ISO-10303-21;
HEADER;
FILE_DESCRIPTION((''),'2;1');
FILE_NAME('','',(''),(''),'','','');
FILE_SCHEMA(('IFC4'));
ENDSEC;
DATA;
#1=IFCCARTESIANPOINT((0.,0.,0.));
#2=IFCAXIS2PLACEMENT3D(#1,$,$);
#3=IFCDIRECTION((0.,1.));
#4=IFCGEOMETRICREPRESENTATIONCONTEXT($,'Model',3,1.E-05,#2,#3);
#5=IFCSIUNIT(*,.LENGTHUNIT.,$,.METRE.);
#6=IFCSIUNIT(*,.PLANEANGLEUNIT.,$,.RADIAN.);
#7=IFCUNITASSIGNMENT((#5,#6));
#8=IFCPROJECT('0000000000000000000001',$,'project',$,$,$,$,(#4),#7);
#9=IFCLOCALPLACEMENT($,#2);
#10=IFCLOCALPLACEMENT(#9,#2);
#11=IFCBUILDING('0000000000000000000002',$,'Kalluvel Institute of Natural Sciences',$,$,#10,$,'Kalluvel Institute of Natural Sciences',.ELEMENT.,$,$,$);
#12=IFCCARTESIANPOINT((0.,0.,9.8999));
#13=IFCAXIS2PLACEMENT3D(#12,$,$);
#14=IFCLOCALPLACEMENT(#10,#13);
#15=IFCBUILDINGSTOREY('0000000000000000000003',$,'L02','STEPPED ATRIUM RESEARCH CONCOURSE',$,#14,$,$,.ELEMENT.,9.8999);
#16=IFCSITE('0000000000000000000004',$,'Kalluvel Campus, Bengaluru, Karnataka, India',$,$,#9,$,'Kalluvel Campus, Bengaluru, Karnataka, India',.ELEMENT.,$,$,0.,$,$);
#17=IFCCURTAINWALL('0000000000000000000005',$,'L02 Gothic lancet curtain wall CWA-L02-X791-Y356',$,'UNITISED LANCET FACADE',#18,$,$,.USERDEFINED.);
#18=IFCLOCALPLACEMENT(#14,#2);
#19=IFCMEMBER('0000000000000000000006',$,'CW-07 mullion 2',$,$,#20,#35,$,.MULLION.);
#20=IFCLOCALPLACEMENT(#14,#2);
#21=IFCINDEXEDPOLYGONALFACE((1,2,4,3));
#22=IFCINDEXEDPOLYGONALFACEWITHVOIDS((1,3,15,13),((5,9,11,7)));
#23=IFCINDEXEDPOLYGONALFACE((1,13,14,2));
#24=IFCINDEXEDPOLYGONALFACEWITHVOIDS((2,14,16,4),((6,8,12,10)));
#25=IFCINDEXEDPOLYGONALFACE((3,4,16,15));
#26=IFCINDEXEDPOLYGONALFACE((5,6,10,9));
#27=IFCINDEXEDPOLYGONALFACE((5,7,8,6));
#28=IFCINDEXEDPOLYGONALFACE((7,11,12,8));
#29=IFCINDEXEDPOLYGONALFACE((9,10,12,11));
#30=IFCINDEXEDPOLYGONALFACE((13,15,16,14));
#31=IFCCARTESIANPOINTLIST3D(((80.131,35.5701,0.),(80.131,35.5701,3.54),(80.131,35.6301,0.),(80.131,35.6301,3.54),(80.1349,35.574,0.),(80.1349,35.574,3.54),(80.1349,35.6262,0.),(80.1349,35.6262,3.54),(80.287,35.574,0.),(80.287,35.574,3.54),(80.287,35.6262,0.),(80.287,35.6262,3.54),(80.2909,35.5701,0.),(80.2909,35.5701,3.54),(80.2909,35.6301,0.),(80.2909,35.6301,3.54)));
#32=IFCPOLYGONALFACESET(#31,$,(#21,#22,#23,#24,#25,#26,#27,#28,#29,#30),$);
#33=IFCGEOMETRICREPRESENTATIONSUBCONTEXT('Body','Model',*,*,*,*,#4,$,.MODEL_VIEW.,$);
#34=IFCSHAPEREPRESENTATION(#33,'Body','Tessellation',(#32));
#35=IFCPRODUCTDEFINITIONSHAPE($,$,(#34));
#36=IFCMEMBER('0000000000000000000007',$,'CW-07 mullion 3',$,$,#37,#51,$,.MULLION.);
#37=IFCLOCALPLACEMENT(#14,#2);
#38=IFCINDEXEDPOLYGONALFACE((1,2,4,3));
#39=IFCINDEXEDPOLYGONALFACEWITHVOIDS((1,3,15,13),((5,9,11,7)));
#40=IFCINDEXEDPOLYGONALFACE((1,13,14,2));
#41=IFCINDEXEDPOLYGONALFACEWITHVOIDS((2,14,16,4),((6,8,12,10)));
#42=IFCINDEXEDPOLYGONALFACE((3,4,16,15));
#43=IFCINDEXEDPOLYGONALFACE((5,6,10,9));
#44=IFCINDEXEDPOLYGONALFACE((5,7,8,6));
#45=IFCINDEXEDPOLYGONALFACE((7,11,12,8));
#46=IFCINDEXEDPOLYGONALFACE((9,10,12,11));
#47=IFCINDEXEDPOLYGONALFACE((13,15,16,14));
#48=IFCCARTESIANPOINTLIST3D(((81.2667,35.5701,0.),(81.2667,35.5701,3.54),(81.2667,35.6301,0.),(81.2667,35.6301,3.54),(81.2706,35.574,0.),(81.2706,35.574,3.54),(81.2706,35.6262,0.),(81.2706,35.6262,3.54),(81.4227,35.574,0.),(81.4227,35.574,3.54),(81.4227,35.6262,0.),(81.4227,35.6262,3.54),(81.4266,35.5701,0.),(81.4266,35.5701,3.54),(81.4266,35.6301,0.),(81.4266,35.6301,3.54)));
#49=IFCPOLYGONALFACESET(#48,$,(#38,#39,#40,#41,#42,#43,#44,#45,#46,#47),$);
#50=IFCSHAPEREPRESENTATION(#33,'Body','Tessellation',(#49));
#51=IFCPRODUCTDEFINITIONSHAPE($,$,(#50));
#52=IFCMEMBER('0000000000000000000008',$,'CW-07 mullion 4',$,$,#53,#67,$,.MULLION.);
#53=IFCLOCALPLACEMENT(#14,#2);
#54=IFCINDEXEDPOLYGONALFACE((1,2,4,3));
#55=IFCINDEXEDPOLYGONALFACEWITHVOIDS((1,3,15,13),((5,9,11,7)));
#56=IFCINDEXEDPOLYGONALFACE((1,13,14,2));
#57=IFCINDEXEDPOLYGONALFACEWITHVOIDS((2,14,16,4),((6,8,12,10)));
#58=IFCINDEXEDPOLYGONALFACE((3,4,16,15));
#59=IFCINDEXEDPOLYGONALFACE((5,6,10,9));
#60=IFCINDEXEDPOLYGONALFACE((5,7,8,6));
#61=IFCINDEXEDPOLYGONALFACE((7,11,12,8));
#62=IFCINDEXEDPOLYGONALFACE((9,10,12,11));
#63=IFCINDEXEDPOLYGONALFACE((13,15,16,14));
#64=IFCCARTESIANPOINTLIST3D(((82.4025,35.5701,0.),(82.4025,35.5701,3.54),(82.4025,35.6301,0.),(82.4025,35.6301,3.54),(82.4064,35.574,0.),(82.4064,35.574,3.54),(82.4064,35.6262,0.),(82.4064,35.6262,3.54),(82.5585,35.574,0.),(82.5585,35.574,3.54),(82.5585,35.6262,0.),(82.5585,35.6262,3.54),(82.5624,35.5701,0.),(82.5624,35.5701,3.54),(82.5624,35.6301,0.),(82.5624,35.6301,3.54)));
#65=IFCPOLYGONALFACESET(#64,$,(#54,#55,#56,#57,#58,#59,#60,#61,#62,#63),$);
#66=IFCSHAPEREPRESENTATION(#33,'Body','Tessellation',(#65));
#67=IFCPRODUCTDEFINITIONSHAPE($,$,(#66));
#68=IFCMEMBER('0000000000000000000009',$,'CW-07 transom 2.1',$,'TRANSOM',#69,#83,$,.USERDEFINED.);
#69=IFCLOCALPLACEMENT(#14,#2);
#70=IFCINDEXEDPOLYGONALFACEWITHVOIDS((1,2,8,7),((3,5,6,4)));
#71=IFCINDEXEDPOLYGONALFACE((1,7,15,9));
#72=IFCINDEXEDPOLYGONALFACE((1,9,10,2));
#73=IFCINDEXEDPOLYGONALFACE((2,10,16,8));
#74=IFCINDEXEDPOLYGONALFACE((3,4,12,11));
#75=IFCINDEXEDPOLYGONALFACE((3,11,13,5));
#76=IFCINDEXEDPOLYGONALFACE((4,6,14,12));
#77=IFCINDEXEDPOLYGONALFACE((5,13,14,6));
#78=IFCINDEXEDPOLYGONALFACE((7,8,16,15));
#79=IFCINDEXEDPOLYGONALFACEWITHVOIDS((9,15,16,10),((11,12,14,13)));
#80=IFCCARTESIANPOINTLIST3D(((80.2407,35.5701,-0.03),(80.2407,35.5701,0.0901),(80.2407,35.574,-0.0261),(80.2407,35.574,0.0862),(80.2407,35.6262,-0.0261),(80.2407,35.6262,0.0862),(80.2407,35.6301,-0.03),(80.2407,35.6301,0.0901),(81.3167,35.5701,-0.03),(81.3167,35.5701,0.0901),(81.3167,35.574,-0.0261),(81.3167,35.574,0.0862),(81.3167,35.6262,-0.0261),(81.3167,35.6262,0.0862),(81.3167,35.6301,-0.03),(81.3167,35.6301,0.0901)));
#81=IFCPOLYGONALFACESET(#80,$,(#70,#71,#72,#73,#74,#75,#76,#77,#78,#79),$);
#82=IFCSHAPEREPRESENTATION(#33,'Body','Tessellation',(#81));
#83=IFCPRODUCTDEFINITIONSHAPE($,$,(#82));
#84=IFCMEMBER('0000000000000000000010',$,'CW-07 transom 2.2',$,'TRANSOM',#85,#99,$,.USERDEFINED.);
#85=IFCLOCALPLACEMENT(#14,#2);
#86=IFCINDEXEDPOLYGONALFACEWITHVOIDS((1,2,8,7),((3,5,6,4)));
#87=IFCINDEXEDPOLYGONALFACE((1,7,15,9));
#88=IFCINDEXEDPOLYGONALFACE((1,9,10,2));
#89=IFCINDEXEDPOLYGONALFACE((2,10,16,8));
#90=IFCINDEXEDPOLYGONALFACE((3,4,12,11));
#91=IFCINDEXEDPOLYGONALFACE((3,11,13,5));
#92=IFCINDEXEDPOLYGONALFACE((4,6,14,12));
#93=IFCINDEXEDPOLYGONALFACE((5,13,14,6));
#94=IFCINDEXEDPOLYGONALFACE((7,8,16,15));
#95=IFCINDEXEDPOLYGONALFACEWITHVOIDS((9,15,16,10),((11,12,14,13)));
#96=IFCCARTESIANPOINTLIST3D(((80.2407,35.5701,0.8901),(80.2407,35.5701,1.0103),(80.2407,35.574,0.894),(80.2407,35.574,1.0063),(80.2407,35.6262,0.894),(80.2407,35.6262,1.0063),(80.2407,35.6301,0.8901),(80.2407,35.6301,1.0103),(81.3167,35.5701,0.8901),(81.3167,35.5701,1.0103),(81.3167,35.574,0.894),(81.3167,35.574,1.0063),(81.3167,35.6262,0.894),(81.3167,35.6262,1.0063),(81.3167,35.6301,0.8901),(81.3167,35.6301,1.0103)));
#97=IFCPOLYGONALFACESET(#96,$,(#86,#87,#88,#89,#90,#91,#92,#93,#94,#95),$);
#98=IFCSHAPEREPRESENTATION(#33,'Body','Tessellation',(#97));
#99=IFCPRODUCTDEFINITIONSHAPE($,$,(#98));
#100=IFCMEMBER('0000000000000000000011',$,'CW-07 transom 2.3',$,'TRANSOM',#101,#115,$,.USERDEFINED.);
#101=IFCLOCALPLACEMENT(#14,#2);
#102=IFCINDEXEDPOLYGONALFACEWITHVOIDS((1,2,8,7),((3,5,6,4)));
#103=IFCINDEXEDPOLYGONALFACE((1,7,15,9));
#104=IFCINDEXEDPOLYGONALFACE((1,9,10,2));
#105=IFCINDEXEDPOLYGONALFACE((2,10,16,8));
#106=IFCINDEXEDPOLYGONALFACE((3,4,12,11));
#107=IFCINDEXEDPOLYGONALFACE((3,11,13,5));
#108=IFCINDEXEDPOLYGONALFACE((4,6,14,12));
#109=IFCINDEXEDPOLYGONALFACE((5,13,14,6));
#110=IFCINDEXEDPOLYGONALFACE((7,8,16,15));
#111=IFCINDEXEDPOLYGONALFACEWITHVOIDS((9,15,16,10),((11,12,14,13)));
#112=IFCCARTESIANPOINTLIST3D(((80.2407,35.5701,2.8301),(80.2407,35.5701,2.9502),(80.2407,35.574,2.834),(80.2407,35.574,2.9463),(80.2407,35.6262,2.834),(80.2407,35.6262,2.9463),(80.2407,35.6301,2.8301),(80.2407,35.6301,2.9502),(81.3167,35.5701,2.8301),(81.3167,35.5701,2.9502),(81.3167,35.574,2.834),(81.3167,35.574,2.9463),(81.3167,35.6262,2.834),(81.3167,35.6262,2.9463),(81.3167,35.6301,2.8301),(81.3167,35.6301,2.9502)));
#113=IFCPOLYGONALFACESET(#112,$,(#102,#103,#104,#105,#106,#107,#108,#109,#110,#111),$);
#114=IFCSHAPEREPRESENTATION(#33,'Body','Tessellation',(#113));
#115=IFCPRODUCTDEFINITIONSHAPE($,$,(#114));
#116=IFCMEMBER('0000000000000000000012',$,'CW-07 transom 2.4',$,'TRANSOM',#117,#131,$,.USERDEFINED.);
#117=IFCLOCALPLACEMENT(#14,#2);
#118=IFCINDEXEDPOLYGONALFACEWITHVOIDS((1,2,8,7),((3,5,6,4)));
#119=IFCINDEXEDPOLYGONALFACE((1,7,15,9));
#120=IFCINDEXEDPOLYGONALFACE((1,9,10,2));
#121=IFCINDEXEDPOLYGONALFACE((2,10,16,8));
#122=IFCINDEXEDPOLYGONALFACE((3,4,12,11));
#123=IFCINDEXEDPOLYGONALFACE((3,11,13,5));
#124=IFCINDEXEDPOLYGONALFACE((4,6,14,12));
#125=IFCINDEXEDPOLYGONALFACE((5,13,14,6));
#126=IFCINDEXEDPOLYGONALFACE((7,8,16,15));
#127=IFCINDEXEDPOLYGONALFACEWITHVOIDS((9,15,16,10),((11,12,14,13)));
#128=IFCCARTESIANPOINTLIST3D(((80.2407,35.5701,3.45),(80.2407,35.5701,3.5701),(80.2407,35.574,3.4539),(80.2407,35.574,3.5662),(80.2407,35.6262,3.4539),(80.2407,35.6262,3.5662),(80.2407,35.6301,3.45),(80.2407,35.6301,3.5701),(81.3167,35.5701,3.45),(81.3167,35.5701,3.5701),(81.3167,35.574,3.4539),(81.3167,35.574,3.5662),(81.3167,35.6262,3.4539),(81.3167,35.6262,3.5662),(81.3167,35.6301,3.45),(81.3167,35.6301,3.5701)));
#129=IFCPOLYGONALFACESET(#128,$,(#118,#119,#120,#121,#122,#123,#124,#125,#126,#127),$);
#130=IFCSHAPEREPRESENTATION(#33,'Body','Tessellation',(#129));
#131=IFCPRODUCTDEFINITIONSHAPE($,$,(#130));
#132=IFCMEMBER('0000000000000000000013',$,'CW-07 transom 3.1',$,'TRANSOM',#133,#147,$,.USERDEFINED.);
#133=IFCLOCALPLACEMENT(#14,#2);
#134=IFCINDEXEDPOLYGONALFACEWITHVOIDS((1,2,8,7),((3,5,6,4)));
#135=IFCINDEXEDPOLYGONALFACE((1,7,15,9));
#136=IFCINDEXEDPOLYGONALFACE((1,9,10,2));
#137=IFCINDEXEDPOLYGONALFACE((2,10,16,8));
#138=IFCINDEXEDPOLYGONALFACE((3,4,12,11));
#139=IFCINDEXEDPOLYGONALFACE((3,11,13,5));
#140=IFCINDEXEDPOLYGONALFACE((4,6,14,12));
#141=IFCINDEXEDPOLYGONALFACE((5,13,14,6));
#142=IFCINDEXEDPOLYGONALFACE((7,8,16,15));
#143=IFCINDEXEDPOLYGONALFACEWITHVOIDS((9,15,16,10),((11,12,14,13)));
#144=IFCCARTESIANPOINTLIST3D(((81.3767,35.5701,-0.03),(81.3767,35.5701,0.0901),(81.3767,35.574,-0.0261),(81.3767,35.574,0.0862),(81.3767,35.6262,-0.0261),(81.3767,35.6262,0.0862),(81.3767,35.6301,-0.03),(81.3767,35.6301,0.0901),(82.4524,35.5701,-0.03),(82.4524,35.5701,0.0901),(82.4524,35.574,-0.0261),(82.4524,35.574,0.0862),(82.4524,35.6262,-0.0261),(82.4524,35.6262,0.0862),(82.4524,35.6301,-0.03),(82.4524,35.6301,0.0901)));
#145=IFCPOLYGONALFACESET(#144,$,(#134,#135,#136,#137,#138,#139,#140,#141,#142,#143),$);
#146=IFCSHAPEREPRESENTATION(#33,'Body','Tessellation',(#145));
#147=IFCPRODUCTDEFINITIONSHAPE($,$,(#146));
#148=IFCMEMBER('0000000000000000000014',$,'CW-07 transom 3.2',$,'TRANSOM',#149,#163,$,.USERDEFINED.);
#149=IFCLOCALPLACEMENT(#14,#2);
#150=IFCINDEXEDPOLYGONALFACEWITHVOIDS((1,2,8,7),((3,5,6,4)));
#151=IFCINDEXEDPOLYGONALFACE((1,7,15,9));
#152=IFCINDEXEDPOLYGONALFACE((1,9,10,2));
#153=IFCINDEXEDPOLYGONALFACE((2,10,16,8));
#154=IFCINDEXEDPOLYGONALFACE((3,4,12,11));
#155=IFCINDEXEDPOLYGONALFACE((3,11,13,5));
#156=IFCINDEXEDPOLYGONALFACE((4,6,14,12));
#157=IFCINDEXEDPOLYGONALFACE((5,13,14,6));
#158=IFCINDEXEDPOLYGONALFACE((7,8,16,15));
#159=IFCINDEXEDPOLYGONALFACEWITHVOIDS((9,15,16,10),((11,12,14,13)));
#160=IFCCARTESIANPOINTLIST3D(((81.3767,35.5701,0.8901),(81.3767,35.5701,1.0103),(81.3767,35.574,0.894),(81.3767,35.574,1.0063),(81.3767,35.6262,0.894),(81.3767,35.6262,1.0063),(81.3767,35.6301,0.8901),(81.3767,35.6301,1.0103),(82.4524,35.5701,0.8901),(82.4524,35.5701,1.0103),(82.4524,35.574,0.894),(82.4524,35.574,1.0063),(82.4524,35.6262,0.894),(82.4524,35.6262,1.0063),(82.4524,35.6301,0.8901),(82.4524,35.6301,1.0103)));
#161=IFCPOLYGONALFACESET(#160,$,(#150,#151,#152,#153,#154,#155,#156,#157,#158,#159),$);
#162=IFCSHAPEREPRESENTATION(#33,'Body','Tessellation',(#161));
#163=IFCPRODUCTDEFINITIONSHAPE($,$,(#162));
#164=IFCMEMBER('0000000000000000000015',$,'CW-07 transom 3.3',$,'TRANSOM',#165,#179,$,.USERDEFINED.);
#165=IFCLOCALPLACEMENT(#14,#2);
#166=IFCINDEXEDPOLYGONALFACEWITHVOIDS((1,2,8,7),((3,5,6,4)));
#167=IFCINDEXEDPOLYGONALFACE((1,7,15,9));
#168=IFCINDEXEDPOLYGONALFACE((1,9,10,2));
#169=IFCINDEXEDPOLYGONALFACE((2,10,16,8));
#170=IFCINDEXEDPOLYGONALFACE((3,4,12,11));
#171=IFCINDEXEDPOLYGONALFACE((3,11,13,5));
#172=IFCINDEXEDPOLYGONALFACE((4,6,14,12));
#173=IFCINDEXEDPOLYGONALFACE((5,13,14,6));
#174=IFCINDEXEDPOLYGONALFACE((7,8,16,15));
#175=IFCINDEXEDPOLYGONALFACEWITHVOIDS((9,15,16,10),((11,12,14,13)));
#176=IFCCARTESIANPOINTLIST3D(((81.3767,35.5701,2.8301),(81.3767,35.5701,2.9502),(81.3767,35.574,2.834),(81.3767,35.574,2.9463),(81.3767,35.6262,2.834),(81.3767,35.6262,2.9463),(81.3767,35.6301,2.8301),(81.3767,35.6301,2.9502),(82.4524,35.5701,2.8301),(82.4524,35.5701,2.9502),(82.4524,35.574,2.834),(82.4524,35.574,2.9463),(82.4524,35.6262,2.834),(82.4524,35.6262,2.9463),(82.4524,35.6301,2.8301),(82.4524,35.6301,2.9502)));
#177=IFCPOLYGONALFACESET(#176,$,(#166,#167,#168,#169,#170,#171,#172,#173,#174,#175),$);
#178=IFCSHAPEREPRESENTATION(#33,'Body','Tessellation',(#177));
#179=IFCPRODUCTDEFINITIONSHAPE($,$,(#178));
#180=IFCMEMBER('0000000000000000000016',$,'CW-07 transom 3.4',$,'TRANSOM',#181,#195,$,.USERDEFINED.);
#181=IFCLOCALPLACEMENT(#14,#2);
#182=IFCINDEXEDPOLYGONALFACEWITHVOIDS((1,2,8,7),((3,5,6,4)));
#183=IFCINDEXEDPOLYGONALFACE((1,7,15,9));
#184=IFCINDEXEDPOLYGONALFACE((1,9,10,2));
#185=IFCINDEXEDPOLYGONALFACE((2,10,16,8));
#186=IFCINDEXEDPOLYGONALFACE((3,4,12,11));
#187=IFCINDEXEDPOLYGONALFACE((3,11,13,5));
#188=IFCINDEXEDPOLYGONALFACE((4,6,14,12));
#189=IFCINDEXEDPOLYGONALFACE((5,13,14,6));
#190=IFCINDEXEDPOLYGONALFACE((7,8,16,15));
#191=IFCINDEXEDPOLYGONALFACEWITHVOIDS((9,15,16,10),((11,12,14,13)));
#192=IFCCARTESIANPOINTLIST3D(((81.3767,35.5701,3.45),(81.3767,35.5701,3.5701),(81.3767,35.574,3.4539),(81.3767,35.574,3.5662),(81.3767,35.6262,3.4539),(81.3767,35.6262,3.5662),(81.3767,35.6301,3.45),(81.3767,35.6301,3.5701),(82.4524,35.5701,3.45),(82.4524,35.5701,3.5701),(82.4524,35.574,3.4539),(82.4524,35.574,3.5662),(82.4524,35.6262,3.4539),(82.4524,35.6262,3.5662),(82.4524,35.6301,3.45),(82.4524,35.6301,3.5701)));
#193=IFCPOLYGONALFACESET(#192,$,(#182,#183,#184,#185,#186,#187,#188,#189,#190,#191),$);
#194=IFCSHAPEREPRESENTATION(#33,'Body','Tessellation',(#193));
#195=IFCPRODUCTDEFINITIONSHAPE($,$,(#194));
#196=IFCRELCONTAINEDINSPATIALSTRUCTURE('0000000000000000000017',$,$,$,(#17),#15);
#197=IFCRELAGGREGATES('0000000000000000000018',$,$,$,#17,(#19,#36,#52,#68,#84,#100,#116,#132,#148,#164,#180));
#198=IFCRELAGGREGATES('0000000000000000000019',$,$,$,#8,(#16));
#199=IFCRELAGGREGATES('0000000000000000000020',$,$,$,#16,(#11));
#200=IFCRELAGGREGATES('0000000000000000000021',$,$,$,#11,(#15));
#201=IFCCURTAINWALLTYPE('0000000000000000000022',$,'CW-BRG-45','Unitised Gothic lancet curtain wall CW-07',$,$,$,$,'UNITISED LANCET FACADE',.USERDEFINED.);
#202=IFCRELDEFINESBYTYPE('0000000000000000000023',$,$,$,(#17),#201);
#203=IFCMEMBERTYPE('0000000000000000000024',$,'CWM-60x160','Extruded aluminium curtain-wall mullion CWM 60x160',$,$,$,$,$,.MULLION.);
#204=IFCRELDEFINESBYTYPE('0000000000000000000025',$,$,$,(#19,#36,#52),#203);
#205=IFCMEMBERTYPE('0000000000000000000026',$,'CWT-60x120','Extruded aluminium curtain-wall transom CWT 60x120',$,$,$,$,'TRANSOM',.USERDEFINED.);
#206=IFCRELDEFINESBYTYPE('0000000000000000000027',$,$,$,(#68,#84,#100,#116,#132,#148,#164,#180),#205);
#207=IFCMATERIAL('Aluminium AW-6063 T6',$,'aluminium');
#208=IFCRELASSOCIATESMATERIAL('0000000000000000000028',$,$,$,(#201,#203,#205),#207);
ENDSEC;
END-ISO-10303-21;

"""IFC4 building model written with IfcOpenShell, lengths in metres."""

from ifc_helpers import new_model, si_unit, direction, frame, origin, origin_2d, place, context, subcontext, project, spatial, hollow_rectangle, extrude, material, material_profile, profile_set, type_object, element, aggregate, save


model = new_model("IFC4")

# Units and contexts
model_context = context("Model", 3, precision=1e-05, world=origin(), true_north=direction((0.0, 1.0)))
body_context = subcontext(model_context, "Body", "Model", "MODEL_VIEW")
ifc_project = project(units=[si_unit("LENGTHUNIT", "METRE"), si_unit("PLANEANGLEUNIT", "RADIAN")], contexts=[model_context])

# Site, building, storey
site_placement = place(None, origin())
site = spatial("IfcSite", under=ifc_project, at=site_placement, Name="Kalluvel Campus, Bengaluru, Karnataka, India", LongName="Kalluvel Campus, Bengaluru, Karnataka, India", CompositionType="ELEMENT", RefElevation=0.0)
building_placement = place(site_placement, origin())
building = spatial("IfcBuilding", under=site, at=building_placement, Name="Kalluvel Institute of Natural Sciences", LongName="Kalluvel Institute of Natural Sciences", CompositionType="ELEMENT")
storey_placement = place(building_placement, frame((0.0, 0.0, 9.8999)))
storey = spatial("IfcBuildingStorey", under=building, at=storey_placement, Name="L02", Description="STEPPED ATRIUM RESEARCH CONCOURSE", CompositionType="ELEMENT", Elevation=9.8999)

# Curtain wall, members
ifc_material_1 = material(Name="Aluminium AW-6063 T6", Category="aluminium")
curtain_wall_type = type_object("IfcCurtainWallType", Name="CW-BRG-45", Description="Unitised Gothic lancet curtain wall CW-07", ElementType="UNITISED LANCET FACADE", PredefinedType="USERDEFINED", material=ifc_material_1)
curtain_wall_placement = place(storey_placement, origin())
curtain_wall = element("IfcCurtainWall", 1, at=curtain_wall_placement, inside=storey, type_object=curtain_wall_type, Name="L02 Gothic lancet curtain wall CWA-L02-X791-Y356", ObjectType="UNITISED LANCET FACADE", PredefinedType="USERDEFINED")
ifc_material_profile_1 = material_profile(ifc_material_1, hollow_rectangle(XDim=0.0601, YDim=0.1599, WallThickness=0.0039, at=origin_2d()), Name="CWM 60x160")
ifc_profile_set_1 = profile_set([ifc_material_profile_1], Name="Aluminium AW-6063 T6")
member_type_1 = type_object("IfcMemberType", Name="CWM-60x160", Description="Extruded aluminium curtain-wall mullion CWM 60x160", PredefinedType="MULLION", material=ifc_profile_set_1)
member_1_placement = place(storey_placement, frame((80.2109, 35.6001, 0.0), z_axis=(0.0, 0.0, 1.0), x_axis=(0.0, 1.0, 0.0)))
member_1 = element("IfcMember", 2, at=member_1_placement, type_object=member_type_1, Name="CW-07 mullion 2", PredefinedType="MULLION", context=body_context, shape_type="SweptSolid", body=[
    extrude(hollow_rectangle(XDim=0.0601, YDim=0.1599, WallThickness=0.0039, at=origin_2d()), origin(), (0.0, 0.0, 1.0), 3.54),
])
member_2_placement = place(storey_placement, frame((81.3467, 35.6001, 0.0), z_axis=(0.0, 0.0, 1.0), x_axis=(0.0, 1.0, 0.0)))
member_2 = element("IfcMember", 3, at=member_2_placement, type_object=member_type_1, Name="CW-07 mullion 3", PredefinedType="MULLION", context=body_context, shape_type="SweptSolid", body=[
    extrude(hollow_rectangle(XDim=0.0601, YDim=0.1599, WallThickness=0.0039, at=origin_2d()), origin(), (0.0, 0.0, 1.0), 3.54),
])
member_3_placement = place(storey_placement, frame((82.4824, 35.6001, 0.0), z_axis=(0.0, 0.0, 1.0), x_axis=(0.0, 1.0, 0.0)))
member_3 = element("IfcMember", 4, at=member_3_placement, type_object=member_type_1, Name="CW-07 mullion 4", PredefinedType="MULLION", context=body_context, shape_type="SweptSolid", body=[
    extrude(hollow_rectangle(XDim=0.0601, YDim=0.1599, WallThickness=0.0039, at=origin_2d()), origin(), (0.0, 0.0, 1.0), 3.54),
])
ifc_material_profile_2 = material_profile(ifc_material_1, hollow_rectangle(XDim=0.0601, YDim=0.1201, WallThickness=0.0039, at=origin_2d()), Name="CWT 60x120")
ifc_profile_set_2 = profile_set([ifc_material_profile_2], Name="Aluminium AW-6063 T6")
member_type_2 = type_object("IfcMemberType", Name="CWT-60x120", Description="Extruded aluminium curtain-wall transom CWT 60x120", ElementType="TRANSOM", PredefinedType="USERDEFINED", material=ifc_profile_set_2)
member_4_placement = place(storey_placement, frame((80.2407, 35.6001, 0.03), z_axis=(1.0, 0.0, 0.0), x_axis=(0.0, 1.0, 0.0)))
member_4 = element("IfcMember", 5, at=member_4_placement, type_object=member_type_2, Name="CW-07 transom 2.1", ObjectType="TRANSOM", PredefinedType="USERDEFINED", context=body_context, shape_type="SweptSolid", body=[
    extrude(hollow_rectangle(XDim=0.0601, YDim=0.1201, WallThickness=0.0039, at=origin_2d()), origin(), (0.0, 0.0, 1.0), 1.0759),
])
member_5_placement = place(storey_placement, frame((80.2407, 35.6001, 0.9502), z_axis=(1.0, 0.0, 0.0), x_axis=(0.0, 1.0, 0.0)))
member_5 = element("IfcMember", 6, at=member_5_placement, type_object=member_type_2, Name="CW-07 transom 2.2", ObjectType="TRANSOM", PredefinedType="USERDEFINED", context=body_context, shape_type="SweptSolid", body=[
    extrude(hollow_rectangle(XDim=0.0601, YDim=0.1201, WallThickness=0.0039, at=origin_2d()), origin(), (0.0, 0.0, 1.0), 1.0759),
])
member_6_placement = place(storey_placement, frame((80.2407, 35.6001, 2.8901), z_axis=(1.0, 0.0, 0.0), x_axis=(0.0, 1.0, 0.0)))
member_6 = element("IfcMember", 7, at=member_6_placement, type_object=member_type_2, Name="CW-07 transom 2.3", ObjectType="TRANSOM", PredefinedType="USERDEFINED", context=body_context, shape_type="SweptSolid", body=[
    extrude(hollow_rectangle(XDim=0.0601, YDim=0.1201, WallThickness=0.0039, at=origin_2d()), origin(), (0.0, 0.0, 1.0), 1.0759),
])
member_7_placement = place(storey_placement, frame((80.2407, 35.6001, 3.51), z_axis=(1.0, 0.0, 0.0), x_axis=(0.0, 1.0, 0.0)))
member_7 = element("IfcMember", 8, at=member_7_placement, type_object=member_type_2, Name="CW-07 transom 2.4", ObjectType="TRANSOM", PredefinedType="USERDEFINED", context=body_context, shape_type="SweptSolid", body=[
    extrude(hollow_rectangle(XDim=0.0601, YDim=0.1201, WallThickness=0.0039, at=origin_2d()), origin(), (0.0, 0.0, 1.0), 1.0759),
])
member_8_placement = place(storey_placement, frame((81.3767, 35.6001, 0.03), z_axis=(1.0, 0.0, 0.0), x_axis=(0.0, 1.0, 0.0)))
member_8 = element("IfcMember", 9, at=member_8_placement, type_object=member_type_2, Name="CW-07 transom 3.1", ObjectType="TRANSOM", PredefinedType="USERDEFINED", context=body_context, shape_type="SweptSolid", body=[
    extrude(hollow_rectangle(XDim=0.0601, YDim=0.1201, WallThickness=0.0039, at=origin_2d()), origin(), (0.0, 0.0, 1.0), 1.0757),
])
member_9_placement = place(storey_placement, frame((81.3767, 35.6001, 0.9502), z_axis=(1.0, 0.0, 0.0), x_axis=(0.0, 1.0, 0.0)))
member_9 = element("IfcMember", 10, at=member_9_placement, type_object=member_type_2, Name="CW-07 transom 3.2", ObjectType="TRANSOM", PredefinedType="USERDEFINED", context=body_context, shape_type="SweptSolid", body=[
    extrude(hollow_rectangle(XDim=0.0601, YDim=0.1201, WallThickness=0.0039, at=origin_2d()), origin(), (0.0, 0.0, 1.0), 1.0757),
])
member_10_placement = place(storey_placement, frame((81.3767, 35.6001, 2.8901), z_axis=(1.0, 0.0, 0.0), x_axis=(0.0, 1.0, 0.0)))
member_10 = element("IfcMember", 11, at=member_10_placement, type_object=member_type_2, Name="CW-07 transom 3.3", ObjectType="TRANSOM", PredefinedType="USERDEFINED", context=body_context, shape_type="SweptSolid", body=[
    extrude(hollow_rectangle(XDim=0.0601, YDim=0.1201, WallThickness=0.0039, at=origin_2d()), origin(), (0.0, 0.0, 1.0), 1.0757),
])
member_11_placement = place(storey_placement, frame((81.3767, 35.6001, 3.51), z_axis=(1.0, 0.0, 0.0), x_axis=(0.0, 1.0, 0.0)))
member_11 = element("IfcMember", 12, at=member_11_placement, type_object=member_type_2, Name="CW-07 transom 3.4", ObjectType="TRANSOM", PredefinedType="USERDEFINED", context=body_context, shape_type="SweptSolid", body=[
    extrude(hollow_rectangle(XDim=0.0601, YDim=0.1201, WallThickness=0.0039, at=origin_2d()), origin(), (0.0, 0.0, 1.0), 1.0757),
])

aggregate(curtain_wall, [member_1, member_2, member_3, member_4, member_5, member_6, member_7, member_8, member_9, member_10, member_11])

save(model, "model.ifc")
